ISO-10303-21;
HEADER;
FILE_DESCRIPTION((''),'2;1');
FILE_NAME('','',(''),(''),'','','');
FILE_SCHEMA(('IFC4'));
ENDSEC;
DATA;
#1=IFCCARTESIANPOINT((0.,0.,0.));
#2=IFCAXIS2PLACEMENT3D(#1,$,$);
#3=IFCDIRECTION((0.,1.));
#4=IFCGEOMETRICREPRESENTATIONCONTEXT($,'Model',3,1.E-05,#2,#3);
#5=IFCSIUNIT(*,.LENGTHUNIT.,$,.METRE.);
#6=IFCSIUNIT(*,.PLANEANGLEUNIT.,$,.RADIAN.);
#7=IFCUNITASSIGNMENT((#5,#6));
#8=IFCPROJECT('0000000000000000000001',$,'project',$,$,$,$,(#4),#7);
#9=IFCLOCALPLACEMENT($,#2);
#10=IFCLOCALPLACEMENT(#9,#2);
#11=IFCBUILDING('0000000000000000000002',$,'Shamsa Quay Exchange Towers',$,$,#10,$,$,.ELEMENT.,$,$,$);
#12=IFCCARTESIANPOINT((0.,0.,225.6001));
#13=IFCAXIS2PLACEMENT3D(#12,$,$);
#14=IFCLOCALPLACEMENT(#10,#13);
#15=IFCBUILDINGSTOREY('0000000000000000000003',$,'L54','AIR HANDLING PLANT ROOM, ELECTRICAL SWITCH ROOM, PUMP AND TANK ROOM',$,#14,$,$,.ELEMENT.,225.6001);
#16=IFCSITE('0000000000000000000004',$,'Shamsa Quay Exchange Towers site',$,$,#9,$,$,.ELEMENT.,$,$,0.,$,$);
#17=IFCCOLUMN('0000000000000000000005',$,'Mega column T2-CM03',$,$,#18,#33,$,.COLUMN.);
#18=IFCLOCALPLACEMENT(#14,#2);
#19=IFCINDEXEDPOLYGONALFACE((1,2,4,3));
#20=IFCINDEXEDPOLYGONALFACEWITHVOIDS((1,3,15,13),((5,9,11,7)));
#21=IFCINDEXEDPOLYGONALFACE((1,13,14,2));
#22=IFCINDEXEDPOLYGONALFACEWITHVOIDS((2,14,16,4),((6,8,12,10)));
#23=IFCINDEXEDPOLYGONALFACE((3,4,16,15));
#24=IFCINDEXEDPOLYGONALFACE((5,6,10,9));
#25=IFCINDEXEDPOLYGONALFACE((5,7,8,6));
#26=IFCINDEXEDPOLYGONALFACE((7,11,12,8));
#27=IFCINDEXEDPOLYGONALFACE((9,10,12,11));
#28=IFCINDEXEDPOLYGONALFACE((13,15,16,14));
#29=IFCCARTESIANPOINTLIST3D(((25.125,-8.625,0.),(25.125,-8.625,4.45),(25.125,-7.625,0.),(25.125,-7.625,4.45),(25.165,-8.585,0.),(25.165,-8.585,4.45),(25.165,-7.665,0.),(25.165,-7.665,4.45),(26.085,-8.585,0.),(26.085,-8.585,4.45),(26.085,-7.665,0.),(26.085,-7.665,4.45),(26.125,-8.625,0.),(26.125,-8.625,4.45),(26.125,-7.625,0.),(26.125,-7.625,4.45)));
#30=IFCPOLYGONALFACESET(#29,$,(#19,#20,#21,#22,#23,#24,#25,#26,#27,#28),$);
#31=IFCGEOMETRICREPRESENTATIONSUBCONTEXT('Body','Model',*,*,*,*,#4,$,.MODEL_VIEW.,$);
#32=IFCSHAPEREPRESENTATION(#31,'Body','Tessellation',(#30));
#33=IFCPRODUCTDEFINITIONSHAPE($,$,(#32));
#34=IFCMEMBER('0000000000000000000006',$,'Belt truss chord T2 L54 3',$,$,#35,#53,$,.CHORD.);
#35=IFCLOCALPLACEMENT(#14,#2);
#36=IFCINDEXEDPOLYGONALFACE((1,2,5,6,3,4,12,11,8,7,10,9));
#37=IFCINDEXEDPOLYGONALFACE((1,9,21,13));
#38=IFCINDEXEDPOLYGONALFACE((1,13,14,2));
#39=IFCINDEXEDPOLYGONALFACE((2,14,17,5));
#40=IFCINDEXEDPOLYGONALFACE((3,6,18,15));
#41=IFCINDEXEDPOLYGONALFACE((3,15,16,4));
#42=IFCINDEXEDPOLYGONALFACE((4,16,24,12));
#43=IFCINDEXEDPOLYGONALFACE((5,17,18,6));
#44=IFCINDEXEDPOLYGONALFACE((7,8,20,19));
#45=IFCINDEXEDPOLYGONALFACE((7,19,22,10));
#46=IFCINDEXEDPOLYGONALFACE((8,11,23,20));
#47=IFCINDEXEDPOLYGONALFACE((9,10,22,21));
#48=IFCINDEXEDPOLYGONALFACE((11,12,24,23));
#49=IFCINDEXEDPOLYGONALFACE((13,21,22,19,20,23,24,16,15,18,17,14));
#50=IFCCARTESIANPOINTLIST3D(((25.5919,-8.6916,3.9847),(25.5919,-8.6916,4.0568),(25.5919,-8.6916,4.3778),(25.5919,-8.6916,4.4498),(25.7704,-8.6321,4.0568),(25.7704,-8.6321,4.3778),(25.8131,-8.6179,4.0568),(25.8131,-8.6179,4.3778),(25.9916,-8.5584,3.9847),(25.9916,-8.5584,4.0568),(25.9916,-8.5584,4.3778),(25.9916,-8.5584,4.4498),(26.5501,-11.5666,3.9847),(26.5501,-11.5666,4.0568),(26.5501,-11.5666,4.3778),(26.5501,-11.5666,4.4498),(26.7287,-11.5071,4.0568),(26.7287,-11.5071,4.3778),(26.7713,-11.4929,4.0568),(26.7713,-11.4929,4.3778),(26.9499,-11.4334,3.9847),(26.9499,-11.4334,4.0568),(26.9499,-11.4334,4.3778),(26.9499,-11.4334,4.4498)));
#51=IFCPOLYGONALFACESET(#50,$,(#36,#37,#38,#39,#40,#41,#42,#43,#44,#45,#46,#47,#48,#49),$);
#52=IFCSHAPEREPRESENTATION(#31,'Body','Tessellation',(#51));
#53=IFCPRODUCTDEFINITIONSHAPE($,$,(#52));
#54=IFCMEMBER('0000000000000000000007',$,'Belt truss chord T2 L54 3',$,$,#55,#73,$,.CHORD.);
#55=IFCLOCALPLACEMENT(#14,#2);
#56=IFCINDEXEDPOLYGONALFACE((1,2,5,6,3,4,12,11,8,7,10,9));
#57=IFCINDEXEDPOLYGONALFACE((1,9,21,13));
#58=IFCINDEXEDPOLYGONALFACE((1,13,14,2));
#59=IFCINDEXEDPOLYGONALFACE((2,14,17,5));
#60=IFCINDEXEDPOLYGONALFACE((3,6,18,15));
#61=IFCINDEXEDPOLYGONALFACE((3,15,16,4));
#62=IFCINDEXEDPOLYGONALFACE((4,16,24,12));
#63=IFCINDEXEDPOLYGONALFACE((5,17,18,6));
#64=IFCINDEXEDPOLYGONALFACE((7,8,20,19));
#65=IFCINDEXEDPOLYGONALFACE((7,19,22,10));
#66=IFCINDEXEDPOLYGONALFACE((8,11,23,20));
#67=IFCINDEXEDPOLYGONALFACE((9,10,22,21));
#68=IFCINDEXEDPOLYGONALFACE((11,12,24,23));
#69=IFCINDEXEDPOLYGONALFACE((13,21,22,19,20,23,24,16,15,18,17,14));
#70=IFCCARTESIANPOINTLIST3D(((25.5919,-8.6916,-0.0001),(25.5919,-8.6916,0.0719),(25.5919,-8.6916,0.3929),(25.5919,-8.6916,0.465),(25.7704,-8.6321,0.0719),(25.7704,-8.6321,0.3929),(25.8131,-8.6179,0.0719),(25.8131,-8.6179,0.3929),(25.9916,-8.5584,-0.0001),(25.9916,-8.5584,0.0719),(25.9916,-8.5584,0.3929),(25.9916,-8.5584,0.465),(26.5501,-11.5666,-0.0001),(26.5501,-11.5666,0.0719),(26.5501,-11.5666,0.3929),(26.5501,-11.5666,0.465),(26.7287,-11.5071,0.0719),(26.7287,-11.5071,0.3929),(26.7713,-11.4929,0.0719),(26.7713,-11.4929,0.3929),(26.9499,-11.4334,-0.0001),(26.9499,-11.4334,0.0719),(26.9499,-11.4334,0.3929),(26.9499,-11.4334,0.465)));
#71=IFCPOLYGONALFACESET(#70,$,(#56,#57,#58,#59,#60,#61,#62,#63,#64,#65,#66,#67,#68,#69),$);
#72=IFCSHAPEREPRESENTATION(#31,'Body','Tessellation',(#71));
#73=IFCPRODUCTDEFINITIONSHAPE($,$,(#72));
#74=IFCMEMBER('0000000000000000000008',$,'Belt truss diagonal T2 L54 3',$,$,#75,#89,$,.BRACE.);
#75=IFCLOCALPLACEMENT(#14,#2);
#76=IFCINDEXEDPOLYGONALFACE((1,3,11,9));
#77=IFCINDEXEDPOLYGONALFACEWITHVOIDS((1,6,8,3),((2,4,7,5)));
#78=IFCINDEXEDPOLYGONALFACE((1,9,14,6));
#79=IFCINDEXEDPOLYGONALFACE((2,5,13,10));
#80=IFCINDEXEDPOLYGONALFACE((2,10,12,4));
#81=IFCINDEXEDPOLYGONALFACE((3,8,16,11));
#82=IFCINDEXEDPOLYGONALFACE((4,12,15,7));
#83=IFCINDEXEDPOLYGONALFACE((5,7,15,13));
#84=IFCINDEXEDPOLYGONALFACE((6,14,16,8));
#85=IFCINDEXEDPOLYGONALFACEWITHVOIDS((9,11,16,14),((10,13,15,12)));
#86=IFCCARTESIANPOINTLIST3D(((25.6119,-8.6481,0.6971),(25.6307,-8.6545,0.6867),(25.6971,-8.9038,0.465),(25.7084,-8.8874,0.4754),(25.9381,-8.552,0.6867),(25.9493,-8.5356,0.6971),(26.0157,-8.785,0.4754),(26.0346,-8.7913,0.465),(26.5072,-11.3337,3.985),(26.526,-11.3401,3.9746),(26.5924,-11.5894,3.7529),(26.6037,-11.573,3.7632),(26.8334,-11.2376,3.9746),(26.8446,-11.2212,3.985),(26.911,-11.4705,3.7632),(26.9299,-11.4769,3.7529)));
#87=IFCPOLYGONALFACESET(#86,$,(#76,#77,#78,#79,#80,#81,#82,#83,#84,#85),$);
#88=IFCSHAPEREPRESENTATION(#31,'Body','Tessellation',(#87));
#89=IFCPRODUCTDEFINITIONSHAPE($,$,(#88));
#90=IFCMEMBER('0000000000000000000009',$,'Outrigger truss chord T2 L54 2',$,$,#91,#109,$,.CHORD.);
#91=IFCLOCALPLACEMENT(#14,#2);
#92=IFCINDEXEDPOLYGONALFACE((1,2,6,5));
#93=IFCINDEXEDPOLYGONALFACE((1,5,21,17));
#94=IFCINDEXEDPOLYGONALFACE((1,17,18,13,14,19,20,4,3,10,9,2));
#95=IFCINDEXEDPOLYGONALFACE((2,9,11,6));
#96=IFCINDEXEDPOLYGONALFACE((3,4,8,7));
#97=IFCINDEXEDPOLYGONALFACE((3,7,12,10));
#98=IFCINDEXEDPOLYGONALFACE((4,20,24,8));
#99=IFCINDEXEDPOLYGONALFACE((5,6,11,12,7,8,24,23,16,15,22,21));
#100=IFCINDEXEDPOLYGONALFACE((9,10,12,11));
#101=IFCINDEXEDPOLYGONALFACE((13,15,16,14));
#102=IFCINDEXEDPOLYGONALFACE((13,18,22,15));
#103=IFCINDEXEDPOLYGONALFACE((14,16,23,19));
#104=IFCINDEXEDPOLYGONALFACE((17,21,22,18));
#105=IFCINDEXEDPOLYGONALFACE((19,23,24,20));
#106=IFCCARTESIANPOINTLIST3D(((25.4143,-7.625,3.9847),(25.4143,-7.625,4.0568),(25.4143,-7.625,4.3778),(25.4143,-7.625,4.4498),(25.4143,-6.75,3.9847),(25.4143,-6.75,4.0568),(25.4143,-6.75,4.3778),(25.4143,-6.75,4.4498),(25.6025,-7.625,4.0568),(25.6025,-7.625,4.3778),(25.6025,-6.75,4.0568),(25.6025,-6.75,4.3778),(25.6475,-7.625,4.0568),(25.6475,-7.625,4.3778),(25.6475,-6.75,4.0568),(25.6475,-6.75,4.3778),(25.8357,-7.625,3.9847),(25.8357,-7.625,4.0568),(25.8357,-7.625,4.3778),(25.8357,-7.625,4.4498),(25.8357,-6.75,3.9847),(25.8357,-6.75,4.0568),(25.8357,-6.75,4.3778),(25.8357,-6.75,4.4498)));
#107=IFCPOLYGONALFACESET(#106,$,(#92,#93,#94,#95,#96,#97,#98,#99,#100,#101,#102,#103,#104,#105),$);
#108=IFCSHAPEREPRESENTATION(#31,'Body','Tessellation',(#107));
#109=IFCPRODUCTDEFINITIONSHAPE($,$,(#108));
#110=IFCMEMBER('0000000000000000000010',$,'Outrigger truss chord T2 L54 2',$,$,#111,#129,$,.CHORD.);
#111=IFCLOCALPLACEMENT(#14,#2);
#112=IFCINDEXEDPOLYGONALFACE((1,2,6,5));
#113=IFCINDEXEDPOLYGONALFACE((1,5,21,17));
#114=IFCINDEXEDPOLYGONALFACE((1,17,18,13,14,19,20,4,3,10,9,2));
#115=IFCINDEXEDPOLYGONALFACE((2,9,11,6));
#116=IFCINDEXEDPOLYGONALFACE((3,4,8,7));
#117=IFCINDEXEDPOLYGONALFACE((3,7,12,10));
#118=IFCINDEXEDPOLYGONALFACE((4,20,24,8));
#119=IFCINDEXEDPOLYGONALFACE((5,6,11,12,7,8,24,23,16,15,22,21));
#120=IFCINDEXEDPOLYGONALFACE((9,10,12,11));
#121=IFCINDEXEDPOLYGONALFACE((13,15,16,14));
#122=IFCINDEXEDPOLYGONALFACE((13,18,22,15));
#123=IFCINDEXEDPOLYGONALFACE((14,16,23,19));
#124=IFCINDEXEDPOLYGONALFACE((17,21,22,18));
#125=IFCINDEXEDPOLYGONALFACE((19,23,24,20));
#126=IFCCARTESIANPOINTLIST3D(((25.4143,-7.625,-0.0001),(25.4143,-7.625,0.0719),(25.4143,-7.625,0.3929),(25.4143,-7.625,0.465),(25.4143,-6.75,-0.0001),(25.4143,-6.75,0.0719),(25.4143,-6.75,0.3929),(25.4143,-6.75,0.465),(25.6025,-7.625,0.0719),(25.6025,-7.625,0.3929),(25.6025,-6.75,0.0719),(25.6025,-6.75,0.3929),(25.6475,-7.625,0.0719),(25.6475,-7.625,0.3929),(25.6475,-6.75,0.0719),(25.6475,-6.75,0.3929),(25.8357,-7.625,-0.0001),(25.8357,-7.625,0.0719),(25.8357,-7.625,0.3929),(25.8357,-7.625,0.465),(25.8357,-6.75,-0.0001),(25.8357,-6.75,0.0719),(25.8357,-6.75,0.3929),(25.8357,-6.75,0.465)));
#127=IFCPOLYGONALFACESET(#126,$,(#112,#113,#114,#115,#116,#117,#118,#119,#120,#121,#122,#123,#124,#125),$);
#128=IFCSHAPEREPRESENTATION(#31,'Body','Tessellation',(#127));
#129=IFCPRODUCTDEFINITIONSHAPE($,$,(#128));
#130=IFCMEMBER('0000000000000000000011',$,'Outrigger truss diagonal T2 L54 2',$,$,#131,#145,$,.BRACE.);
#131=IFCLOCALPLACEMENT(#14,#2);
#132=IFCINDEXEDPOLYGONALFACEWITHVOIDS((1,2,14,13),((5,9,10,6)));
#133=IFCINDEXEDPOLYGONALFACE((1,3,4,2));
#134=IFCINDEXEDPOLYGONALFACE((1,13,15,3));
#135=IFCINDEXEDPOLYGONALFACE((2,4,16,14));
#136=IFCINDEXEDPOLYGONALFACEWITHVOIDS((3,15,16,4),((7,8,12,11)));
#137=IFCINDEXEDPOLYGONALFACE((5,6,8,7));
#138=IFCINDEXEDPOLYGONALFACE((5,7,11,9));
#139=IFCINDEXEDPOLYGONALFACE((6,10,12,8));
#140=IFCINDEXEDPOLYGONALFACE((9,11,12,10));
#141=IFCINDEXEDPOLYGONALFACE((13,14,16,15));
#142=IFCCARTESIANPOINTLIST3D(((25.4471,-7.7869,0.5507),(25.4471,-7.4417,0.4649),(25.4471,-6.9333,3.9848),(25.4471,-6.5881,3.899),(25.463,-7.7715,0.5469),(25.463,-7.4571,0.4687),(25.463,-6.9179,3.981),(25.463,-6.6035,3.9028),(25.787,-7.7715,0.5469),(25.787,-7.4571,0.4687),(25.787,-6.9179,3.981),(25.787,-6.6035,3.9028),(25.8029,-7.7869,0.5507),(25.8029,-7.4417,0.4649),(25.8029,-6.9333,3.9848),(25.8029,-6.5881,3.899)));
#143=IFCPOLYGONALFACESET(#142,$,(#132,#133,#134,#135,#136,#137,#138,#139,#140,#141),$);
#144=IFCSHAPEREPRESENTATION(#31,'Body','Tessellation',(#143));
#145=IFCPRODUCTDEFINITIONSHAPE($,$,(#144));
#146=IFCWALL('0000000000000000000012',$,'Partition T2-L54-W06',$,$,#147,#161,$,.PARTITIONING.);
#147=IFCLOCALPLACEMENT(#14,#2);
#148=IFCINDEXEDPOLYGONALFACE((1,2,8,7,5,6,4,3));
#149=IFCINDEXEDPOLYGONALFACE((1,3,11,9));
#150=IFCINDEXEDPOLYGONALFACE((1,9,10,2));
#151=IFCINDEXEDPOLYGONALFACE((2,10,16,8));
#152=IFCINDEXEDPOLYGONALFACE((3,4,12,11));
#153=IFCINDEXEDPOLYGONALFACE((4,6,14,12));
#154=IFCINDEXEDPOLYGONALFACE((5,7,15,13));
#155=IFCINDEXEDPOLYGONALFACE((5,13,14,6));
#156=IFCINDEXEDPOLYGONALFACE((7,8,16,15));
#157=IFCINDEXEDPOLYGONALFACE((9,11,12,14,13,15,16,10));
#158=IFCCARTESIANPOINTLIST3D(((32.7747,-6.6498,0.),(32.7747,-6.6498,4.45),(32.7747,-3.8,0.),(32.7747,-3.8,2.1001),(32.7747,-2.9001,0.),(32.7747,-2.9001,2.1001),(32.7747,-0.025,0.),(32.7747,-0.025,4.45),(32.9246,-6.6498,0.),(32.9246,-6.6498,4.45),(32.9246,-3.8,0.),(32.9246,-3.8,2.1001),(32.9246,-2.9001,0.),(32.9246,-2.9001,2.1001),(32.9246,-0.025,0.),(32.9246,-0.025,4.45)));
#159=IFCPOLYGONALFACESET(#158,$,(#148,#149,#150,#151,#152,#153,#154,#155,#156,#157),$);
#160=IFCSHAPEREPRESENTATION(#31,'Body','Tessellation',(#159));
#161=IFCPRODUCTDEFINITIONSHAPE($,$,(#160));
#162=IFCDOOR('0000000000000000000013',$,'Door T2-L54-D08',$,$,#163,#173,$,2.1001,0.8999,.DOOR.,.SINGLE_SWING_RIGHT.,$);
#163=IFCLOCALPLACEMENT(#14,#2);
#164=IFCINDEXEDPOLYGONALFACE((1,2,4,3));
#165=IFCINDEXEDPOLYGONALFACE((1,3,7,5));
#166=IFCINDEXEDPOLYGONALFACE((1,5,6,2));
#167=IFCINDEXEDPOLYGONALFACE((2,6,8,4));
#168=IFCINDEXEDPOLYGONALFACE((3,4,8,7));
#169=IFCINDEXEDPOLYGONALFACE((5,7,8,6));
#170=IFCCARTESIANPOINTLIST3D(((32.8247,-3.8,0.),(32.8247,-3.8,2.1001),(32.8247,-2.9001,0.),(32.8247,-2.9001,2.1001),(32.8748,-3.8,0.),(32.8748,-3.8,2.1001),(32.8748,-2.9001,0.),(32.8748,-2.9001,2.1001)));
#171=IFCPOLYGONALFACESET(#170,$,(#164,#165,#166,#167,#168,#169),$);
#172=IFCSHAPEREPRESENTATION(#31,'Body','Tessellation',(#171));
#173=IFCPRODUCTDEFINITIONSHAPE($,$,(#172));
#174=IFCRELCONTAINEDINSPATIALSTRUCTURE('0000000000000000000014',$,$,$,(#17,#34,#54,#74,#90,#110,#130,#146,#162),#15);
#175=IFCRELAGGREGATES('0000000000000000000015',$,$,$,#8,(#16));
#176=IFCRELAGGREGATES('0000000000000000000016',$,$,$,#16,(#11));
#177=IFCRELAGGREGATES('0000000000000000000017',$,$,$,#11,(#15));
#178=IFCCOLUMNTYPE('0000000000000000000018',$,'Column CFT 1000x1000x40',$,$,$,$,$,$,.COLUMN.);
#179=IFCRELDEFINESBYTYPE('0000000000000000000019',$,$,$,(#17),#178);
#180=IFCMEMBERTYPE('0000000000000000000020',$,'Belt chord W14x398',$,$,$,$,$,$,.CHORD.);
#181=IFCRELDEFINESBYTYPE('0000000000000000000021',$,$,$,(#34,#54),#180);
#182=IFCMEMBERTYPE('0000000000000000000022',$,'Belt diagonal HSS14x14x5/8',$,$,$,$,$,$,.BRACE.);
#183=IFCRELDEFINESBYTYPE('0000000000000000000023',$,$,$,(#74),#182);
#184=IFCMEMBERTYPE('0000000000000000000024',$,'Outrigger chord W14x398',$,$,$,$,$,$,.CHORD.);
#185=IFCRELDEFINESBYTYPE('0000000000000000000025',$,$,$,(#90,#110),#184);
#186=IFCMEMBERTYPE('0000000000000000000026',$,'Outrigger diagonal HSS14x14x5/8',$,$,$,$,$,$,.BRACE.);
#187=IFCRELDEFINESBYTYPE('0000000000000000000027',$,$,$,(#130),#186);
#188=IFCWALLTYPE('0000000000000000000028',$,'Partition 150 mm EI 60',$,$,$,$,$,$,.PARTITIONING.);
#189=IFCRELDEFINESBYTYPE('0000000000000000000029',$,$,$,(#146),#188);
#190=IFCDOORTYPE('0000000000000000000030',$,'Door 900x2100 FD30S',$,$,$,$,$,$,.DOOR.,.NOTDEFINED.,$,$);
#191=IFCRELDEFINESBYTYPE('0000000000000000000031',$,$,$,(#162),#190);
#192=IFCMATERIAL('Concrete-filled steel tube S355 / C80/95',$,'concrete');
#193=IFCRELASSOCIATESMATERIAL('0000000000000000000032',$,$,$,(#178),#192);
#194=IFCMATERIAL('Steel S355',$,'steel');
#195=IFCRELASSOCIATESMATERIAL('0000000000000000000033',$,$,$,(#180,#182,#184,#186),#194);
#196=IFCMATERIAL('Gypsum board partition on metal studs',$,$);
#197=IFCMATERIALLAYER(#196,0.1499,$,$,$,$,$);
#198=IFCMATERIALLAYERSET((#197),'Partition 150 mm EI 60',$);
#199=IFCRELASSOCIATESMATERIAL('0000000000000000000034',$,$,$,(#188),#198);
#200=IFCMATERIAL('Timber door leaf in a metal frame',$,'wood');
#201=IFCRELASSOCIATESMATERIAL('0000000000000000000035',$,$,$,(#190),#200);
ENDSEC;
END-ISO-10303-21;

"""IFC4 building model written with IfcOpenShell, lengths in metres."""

from ifc_helpers import new_model, si_unit, direction, frame, frame_2d, origin, origin_2d, place, context, subcontext, project, spatial, rectangle, hollow_rectangle, i_section, extrude, material, layer, layer_set, material_profile, profile_set, type_object, element, fill, save


model = new_model("IFC4")

# Units and contexts
model_context = context("Model", 3, precision=1e-05, world=origin(), true_north=direction((0.0, 1.0)))
body_context = subcontext(model_context, "Body", "Model", "MODEL_VIEW")
ifc_project = project(units=[si_unit("LENGTHUNIT", "METRE"), si_unit("PLANEANGLEUNIT", "RADIAN")], contexts=[model_context])

# Site, building, storey
site_placement = place(None, origin())
site = spatial("IfcSite", under=ifc_project, at=site_placement, Name="Shamsa Quay Exchange Towers site", CompositionType="ELEMENT", RefElevation=0.0)
building_placement = place(site_placement, origin())
building = spatial("IfcBuilding", under=site, at=building_placement, Name="Shamsa Quay Exchange Towers", CompositionType="ELEMENT")
storey_placement = place(building_placement, frame((0.0, 0.0, 225.6001)))
storey = spatial("IfcBuildingStorey", under=building, at=storey_placement, Name="L54", Description="AIR HANDLING PLANT ROOM, ELECTRICAL SWITCH ROOM, PUMP AND TANK ROOM", CompositionType="ELEMENT", Elevation=225.6001)

# Column
ifc_material_1 = material(Name="Concrete-filled steel tube S355 / C80/95", Category="concrete")
ifc_material_profile_1 = material_profile(ifc_material_1, hollow_rectangle(XDim=1.0, YDim=1.0, WallThickness=0.04, at=origin_2d()), Name="CFT 1000x1000x40")
ifc_profile_set_1 = profile_set([ifc_material_profile_1], Name="Concrete-filled steel tube S355 / C80/95")
column_type = type_object("IfcColumnType", Name="Column CFT 1000x1000x40", PredefinedType="COLUMN", material=ifc_profile_set_1)
column_placement = place(storey_placement, frame((25.625, -8.125, 0.0)))
element("IfcColumn", 1, at=column_placement, inside=storey, type_object=column_type, Name="Mega column T2-CM03", PredefinedType="COLUMN", context=body_context, shape_type="SweptSolid", body=[
    extrude(hollow_rectangle(XDim=1.0, YDim=1.0, WallThickness=0.04, at=origin_2d()), origin(), (0.0, 0.0, 1.0), 4.45),
])

# Members
ifc_material_2 = material(Name="Steel S355", Category="steel")
ifc_material_profile_2 = material_profile(ifc_material_2, i_section(OverallWidth=0.4214, OverallDepth=0.4651, WebThickness=0.0449, FlangeThickness=0.072, at=origin_2d()), Name="W14x398")
ifc_profile_set_2 = profile_set([ifc_material_profile_2], Name="Steel S355")
member_type_1 = type_object("IfcMemberType", Name="Belt chord W14x398", PredefinedType="CHORD", material=ifc_profile_set_2)
for number, where, z_axis, x_axis, name in (
    (2, (25.7917, -8.625, 4.2173), (0.316204, -0.948691, 0.0), (0.948691, 0.316204, 0.0), "Belt truss chord T2 L54 3"),
    (3, (25.7917, -8.625, 0.2324), (0.316204, -0.948691, 0.0), (0.948691, 0.316204, 0.0), "Belt truss chord T2 L54 3"),
):
    element("IfcMember", number, at=place(storey_placement, frame(where, z_axis=z_axis, x_axis=x_axis)), inside=storey, type_object=member_type_1, Name=name, PredefinedType="CHORD", context=body_context, shape_type="SweptSolid", body=[
        extrude(i_section(OverallWidth=0.4214, OverallDepth=0.4651, WebThickness=0.0449, FlangeThickness=0.072, at=origin_2d()), origin(), (0.0, 0.0, 1.0), 3.0305),
    ])
ifc_material_profile_3 = material_profile(ifc_material_2, hollow_rectangle(XDim=0.3557, YDim=0.3557, WallThickness=0.0159, at=origin_2d()), Name="HSS14x14x5/8")
ifc_profile_set_3 = profile_set([ifc_material_profile_3], Name="Steel S355")
member_type_2 = type_object("IfcMemberType", Name="Belt diagonal HSS14x14x5/8", PredefinedType="BRACE", material=ifc_profile_set_3)
member_1_placement = place(storey_placement, frame((25.8232, -8.7197, 0.5811), z_axis=(0.206348, -0.618987, 0.757809), x_axis=(0.948675, 0.316254, 0.0)))
element("IfcMember", 4, at=member_1_placement, inside=storey, type_object=member_type_2, Name="Belt truss diagonal T2 L54 3", PredefinedType="BRACE", context=body_context, shape_type="SweptSolid", body=[
    extrude(hollow_rectangle(XDim=0.3557, YDim=0.3557, WallThickness=0.0159, at=origin_2d()), origin(), (0.0, 0.0, 1.0), 4.3386),
])
ifc_material_profile_4 = material_profile(ifc_material_2, i_section(OverallWidth=0.4214, OverallDepth=0.4651, WebThickness=0.0449, FlangeThickness=0.072, at=origin_2d()), Name="W14x398")
ifc_profile_set_4 = profile_set([ifc_material_profile_4], Name="Steel S355")
member_type_3 = type_object("IfcMemberType", Name="Outrigger chord W14x398", PredefinedType="CHORD", material=ifc_profile_set_4)
for number, where, z_axis, x_axis, name in (
    (5, (25.625, -7.625, 4.2173), (0.0, 1.0, 0.0), (-1.0, 0.0, 0.0), "Outrigger truss chord T2 L54 2"),
    (6, (25.625, -7.625, 0.2324), (0.0, 1.0, 0.0), (-1.0, 0.0, 0.0), "Outrigger truss chord T2 L54 2"),
):
    element("IfcMember", number, at=place(storey_placement, frame(where, z_axis=z_axis, x_axis=x_axis)), inside=storey, type_object=member_type_3, Name=name, PredefinedType="CHORD", context=body_context, shape_type="SweptSolid", body=[
        extrude(i_section(OverallWidth=0.4214, OverallDepth=0.4651, WebThickness=0.0449, FlangeThickness=0.072, at=origin_2d()), origin(), (0.0, 0.0, 1.0), 0.875),
    ])
ifc_material_profile_5 = material_profile(ifc_material_2, hollow_rectangle(XDim=0.3557, YDim=0.3557, WallThickness=0.0159, at=origin_2d()), Name="HSS14x14x5/8")
ifc_profile_set_5 = profile_set([ifc_material_profile_5], Name="Steel S355")
member_type_4 = type_object("IfcMemberType", Name="Outrigger diagonal HSS14x14x5/8", PredefinedType="BRACE", material=ifc_profile_set_5)
member_2_placement = place(storey_placement, frame((25.625, -7.6143, 0.5078), z_axis=(0.0, 0.241204, 0.970474), x_axis=(-1.0, 0.0, 0.0)))
element("IfcMember", 7, at=member_2_placement, inside=storey, type_object=member_type_4, Name="Outrigger truss diagonal T2 L54 2", PredefinedType="BRACE", context=body_context, shape_type="SweptSolid", body=[
    extrude(hollow_rectangle(XDim=0.3557, YDim=0.3557, WallThickness=0.0159, at=origin_2d()), origin(), (0.0, 0.0, 1.0), 3.5386),
])

# Wall, opening, door
ifc_material_3 = material(Name="Gypsum board partition on metal studs")
ifc_layer_1 = layer(ifc_material_3, 0.1499)
ifc_layer_set_1 = layer_set([ifc_layer_1], Name="Partition 150 mm EI 60")
wall_type_1 = type_object("IfcWallType", Name="Partition 150 mm EI 60", PredefinedType="PARTITIONING", material=ifc_layer_set_1)
wall_1_placement = place(storey_placement, frame((32.8496, -6.6499, 0.0), z_axis=(0.0, 0.0, 1.0), x_axis=(0.0, 1.0, 0.0)))
wall_1 = element("IfcWall", 8, at=wall_1_placement, inside=storey, type_object=wall_type_1, Name="Partition T2-L54-W06", PredefinedType="PARTITIONING", context=body_context, shape_type="SweptSolid", body=[
    extrude(rectangle(XDim=6.6248, YDim=0.1499, at=frame_2d((3.3125, 0.0))), origin(), (0.0, 0.0, 1.0), 4.45),
])
opening_1_placement = place(wall_1_placement, frame((2.8499, 0.0, 0.0)))
opening_1 = element("IfcOpeningElement", 9, at=opening_1_placement, cuts=wall_1, PredefinedType="OPENING", context=body_context, shape_type="SweptSolid", body=[
    extrude(rectangle(XDim=0.8999, YDim=2.1001, at=frame_2d((0.45, 1.05))), frame((0.0, 0.085, 0.0), z_axis=(0.0, -1.0, 0.0), x_axis=(1.0, 0.0, 0.0)), (0.0, 0.0, 1.0), 0.1699),
])
ifc_material_4 = material(Name="Timber door leaf in a metal frame", Category="wood")
door_type_1 = type_object("IfcDoorType", Name="Door 900x2100 FD30S", OperationType="NOTDEFINED", PredefinedType="DOOR", material=ifc_material_4)
door_1_placement = place(opening_1_placement, origin())
door_1 = element("IfcDoor", 10, at=door_1_placement, inside=storey, type_object=door_type_1, Name="Door T2-L54-D08", OperationType="SINGLE_SWING_RIGHT", OverallHeight=2.1001, OverallWidth=0.8999, PredefinedType="DOOR", context=body_context, shape_type="SweptSolid", body=[
    extrude(rectangle(XDim=0.8999, YDim=2.1001, at=frame_2d((0.45, 1.05))), frame((0.0, 0.0249, 0.0), z_axis=(0.0, -1.0, 0.0), x_axis=(1.0, 0.0, 0.0)), (0.0, 0.0, 1.0), 0.05),
])
fill(opening_1, door_1)

save(model, "model.ifc")
